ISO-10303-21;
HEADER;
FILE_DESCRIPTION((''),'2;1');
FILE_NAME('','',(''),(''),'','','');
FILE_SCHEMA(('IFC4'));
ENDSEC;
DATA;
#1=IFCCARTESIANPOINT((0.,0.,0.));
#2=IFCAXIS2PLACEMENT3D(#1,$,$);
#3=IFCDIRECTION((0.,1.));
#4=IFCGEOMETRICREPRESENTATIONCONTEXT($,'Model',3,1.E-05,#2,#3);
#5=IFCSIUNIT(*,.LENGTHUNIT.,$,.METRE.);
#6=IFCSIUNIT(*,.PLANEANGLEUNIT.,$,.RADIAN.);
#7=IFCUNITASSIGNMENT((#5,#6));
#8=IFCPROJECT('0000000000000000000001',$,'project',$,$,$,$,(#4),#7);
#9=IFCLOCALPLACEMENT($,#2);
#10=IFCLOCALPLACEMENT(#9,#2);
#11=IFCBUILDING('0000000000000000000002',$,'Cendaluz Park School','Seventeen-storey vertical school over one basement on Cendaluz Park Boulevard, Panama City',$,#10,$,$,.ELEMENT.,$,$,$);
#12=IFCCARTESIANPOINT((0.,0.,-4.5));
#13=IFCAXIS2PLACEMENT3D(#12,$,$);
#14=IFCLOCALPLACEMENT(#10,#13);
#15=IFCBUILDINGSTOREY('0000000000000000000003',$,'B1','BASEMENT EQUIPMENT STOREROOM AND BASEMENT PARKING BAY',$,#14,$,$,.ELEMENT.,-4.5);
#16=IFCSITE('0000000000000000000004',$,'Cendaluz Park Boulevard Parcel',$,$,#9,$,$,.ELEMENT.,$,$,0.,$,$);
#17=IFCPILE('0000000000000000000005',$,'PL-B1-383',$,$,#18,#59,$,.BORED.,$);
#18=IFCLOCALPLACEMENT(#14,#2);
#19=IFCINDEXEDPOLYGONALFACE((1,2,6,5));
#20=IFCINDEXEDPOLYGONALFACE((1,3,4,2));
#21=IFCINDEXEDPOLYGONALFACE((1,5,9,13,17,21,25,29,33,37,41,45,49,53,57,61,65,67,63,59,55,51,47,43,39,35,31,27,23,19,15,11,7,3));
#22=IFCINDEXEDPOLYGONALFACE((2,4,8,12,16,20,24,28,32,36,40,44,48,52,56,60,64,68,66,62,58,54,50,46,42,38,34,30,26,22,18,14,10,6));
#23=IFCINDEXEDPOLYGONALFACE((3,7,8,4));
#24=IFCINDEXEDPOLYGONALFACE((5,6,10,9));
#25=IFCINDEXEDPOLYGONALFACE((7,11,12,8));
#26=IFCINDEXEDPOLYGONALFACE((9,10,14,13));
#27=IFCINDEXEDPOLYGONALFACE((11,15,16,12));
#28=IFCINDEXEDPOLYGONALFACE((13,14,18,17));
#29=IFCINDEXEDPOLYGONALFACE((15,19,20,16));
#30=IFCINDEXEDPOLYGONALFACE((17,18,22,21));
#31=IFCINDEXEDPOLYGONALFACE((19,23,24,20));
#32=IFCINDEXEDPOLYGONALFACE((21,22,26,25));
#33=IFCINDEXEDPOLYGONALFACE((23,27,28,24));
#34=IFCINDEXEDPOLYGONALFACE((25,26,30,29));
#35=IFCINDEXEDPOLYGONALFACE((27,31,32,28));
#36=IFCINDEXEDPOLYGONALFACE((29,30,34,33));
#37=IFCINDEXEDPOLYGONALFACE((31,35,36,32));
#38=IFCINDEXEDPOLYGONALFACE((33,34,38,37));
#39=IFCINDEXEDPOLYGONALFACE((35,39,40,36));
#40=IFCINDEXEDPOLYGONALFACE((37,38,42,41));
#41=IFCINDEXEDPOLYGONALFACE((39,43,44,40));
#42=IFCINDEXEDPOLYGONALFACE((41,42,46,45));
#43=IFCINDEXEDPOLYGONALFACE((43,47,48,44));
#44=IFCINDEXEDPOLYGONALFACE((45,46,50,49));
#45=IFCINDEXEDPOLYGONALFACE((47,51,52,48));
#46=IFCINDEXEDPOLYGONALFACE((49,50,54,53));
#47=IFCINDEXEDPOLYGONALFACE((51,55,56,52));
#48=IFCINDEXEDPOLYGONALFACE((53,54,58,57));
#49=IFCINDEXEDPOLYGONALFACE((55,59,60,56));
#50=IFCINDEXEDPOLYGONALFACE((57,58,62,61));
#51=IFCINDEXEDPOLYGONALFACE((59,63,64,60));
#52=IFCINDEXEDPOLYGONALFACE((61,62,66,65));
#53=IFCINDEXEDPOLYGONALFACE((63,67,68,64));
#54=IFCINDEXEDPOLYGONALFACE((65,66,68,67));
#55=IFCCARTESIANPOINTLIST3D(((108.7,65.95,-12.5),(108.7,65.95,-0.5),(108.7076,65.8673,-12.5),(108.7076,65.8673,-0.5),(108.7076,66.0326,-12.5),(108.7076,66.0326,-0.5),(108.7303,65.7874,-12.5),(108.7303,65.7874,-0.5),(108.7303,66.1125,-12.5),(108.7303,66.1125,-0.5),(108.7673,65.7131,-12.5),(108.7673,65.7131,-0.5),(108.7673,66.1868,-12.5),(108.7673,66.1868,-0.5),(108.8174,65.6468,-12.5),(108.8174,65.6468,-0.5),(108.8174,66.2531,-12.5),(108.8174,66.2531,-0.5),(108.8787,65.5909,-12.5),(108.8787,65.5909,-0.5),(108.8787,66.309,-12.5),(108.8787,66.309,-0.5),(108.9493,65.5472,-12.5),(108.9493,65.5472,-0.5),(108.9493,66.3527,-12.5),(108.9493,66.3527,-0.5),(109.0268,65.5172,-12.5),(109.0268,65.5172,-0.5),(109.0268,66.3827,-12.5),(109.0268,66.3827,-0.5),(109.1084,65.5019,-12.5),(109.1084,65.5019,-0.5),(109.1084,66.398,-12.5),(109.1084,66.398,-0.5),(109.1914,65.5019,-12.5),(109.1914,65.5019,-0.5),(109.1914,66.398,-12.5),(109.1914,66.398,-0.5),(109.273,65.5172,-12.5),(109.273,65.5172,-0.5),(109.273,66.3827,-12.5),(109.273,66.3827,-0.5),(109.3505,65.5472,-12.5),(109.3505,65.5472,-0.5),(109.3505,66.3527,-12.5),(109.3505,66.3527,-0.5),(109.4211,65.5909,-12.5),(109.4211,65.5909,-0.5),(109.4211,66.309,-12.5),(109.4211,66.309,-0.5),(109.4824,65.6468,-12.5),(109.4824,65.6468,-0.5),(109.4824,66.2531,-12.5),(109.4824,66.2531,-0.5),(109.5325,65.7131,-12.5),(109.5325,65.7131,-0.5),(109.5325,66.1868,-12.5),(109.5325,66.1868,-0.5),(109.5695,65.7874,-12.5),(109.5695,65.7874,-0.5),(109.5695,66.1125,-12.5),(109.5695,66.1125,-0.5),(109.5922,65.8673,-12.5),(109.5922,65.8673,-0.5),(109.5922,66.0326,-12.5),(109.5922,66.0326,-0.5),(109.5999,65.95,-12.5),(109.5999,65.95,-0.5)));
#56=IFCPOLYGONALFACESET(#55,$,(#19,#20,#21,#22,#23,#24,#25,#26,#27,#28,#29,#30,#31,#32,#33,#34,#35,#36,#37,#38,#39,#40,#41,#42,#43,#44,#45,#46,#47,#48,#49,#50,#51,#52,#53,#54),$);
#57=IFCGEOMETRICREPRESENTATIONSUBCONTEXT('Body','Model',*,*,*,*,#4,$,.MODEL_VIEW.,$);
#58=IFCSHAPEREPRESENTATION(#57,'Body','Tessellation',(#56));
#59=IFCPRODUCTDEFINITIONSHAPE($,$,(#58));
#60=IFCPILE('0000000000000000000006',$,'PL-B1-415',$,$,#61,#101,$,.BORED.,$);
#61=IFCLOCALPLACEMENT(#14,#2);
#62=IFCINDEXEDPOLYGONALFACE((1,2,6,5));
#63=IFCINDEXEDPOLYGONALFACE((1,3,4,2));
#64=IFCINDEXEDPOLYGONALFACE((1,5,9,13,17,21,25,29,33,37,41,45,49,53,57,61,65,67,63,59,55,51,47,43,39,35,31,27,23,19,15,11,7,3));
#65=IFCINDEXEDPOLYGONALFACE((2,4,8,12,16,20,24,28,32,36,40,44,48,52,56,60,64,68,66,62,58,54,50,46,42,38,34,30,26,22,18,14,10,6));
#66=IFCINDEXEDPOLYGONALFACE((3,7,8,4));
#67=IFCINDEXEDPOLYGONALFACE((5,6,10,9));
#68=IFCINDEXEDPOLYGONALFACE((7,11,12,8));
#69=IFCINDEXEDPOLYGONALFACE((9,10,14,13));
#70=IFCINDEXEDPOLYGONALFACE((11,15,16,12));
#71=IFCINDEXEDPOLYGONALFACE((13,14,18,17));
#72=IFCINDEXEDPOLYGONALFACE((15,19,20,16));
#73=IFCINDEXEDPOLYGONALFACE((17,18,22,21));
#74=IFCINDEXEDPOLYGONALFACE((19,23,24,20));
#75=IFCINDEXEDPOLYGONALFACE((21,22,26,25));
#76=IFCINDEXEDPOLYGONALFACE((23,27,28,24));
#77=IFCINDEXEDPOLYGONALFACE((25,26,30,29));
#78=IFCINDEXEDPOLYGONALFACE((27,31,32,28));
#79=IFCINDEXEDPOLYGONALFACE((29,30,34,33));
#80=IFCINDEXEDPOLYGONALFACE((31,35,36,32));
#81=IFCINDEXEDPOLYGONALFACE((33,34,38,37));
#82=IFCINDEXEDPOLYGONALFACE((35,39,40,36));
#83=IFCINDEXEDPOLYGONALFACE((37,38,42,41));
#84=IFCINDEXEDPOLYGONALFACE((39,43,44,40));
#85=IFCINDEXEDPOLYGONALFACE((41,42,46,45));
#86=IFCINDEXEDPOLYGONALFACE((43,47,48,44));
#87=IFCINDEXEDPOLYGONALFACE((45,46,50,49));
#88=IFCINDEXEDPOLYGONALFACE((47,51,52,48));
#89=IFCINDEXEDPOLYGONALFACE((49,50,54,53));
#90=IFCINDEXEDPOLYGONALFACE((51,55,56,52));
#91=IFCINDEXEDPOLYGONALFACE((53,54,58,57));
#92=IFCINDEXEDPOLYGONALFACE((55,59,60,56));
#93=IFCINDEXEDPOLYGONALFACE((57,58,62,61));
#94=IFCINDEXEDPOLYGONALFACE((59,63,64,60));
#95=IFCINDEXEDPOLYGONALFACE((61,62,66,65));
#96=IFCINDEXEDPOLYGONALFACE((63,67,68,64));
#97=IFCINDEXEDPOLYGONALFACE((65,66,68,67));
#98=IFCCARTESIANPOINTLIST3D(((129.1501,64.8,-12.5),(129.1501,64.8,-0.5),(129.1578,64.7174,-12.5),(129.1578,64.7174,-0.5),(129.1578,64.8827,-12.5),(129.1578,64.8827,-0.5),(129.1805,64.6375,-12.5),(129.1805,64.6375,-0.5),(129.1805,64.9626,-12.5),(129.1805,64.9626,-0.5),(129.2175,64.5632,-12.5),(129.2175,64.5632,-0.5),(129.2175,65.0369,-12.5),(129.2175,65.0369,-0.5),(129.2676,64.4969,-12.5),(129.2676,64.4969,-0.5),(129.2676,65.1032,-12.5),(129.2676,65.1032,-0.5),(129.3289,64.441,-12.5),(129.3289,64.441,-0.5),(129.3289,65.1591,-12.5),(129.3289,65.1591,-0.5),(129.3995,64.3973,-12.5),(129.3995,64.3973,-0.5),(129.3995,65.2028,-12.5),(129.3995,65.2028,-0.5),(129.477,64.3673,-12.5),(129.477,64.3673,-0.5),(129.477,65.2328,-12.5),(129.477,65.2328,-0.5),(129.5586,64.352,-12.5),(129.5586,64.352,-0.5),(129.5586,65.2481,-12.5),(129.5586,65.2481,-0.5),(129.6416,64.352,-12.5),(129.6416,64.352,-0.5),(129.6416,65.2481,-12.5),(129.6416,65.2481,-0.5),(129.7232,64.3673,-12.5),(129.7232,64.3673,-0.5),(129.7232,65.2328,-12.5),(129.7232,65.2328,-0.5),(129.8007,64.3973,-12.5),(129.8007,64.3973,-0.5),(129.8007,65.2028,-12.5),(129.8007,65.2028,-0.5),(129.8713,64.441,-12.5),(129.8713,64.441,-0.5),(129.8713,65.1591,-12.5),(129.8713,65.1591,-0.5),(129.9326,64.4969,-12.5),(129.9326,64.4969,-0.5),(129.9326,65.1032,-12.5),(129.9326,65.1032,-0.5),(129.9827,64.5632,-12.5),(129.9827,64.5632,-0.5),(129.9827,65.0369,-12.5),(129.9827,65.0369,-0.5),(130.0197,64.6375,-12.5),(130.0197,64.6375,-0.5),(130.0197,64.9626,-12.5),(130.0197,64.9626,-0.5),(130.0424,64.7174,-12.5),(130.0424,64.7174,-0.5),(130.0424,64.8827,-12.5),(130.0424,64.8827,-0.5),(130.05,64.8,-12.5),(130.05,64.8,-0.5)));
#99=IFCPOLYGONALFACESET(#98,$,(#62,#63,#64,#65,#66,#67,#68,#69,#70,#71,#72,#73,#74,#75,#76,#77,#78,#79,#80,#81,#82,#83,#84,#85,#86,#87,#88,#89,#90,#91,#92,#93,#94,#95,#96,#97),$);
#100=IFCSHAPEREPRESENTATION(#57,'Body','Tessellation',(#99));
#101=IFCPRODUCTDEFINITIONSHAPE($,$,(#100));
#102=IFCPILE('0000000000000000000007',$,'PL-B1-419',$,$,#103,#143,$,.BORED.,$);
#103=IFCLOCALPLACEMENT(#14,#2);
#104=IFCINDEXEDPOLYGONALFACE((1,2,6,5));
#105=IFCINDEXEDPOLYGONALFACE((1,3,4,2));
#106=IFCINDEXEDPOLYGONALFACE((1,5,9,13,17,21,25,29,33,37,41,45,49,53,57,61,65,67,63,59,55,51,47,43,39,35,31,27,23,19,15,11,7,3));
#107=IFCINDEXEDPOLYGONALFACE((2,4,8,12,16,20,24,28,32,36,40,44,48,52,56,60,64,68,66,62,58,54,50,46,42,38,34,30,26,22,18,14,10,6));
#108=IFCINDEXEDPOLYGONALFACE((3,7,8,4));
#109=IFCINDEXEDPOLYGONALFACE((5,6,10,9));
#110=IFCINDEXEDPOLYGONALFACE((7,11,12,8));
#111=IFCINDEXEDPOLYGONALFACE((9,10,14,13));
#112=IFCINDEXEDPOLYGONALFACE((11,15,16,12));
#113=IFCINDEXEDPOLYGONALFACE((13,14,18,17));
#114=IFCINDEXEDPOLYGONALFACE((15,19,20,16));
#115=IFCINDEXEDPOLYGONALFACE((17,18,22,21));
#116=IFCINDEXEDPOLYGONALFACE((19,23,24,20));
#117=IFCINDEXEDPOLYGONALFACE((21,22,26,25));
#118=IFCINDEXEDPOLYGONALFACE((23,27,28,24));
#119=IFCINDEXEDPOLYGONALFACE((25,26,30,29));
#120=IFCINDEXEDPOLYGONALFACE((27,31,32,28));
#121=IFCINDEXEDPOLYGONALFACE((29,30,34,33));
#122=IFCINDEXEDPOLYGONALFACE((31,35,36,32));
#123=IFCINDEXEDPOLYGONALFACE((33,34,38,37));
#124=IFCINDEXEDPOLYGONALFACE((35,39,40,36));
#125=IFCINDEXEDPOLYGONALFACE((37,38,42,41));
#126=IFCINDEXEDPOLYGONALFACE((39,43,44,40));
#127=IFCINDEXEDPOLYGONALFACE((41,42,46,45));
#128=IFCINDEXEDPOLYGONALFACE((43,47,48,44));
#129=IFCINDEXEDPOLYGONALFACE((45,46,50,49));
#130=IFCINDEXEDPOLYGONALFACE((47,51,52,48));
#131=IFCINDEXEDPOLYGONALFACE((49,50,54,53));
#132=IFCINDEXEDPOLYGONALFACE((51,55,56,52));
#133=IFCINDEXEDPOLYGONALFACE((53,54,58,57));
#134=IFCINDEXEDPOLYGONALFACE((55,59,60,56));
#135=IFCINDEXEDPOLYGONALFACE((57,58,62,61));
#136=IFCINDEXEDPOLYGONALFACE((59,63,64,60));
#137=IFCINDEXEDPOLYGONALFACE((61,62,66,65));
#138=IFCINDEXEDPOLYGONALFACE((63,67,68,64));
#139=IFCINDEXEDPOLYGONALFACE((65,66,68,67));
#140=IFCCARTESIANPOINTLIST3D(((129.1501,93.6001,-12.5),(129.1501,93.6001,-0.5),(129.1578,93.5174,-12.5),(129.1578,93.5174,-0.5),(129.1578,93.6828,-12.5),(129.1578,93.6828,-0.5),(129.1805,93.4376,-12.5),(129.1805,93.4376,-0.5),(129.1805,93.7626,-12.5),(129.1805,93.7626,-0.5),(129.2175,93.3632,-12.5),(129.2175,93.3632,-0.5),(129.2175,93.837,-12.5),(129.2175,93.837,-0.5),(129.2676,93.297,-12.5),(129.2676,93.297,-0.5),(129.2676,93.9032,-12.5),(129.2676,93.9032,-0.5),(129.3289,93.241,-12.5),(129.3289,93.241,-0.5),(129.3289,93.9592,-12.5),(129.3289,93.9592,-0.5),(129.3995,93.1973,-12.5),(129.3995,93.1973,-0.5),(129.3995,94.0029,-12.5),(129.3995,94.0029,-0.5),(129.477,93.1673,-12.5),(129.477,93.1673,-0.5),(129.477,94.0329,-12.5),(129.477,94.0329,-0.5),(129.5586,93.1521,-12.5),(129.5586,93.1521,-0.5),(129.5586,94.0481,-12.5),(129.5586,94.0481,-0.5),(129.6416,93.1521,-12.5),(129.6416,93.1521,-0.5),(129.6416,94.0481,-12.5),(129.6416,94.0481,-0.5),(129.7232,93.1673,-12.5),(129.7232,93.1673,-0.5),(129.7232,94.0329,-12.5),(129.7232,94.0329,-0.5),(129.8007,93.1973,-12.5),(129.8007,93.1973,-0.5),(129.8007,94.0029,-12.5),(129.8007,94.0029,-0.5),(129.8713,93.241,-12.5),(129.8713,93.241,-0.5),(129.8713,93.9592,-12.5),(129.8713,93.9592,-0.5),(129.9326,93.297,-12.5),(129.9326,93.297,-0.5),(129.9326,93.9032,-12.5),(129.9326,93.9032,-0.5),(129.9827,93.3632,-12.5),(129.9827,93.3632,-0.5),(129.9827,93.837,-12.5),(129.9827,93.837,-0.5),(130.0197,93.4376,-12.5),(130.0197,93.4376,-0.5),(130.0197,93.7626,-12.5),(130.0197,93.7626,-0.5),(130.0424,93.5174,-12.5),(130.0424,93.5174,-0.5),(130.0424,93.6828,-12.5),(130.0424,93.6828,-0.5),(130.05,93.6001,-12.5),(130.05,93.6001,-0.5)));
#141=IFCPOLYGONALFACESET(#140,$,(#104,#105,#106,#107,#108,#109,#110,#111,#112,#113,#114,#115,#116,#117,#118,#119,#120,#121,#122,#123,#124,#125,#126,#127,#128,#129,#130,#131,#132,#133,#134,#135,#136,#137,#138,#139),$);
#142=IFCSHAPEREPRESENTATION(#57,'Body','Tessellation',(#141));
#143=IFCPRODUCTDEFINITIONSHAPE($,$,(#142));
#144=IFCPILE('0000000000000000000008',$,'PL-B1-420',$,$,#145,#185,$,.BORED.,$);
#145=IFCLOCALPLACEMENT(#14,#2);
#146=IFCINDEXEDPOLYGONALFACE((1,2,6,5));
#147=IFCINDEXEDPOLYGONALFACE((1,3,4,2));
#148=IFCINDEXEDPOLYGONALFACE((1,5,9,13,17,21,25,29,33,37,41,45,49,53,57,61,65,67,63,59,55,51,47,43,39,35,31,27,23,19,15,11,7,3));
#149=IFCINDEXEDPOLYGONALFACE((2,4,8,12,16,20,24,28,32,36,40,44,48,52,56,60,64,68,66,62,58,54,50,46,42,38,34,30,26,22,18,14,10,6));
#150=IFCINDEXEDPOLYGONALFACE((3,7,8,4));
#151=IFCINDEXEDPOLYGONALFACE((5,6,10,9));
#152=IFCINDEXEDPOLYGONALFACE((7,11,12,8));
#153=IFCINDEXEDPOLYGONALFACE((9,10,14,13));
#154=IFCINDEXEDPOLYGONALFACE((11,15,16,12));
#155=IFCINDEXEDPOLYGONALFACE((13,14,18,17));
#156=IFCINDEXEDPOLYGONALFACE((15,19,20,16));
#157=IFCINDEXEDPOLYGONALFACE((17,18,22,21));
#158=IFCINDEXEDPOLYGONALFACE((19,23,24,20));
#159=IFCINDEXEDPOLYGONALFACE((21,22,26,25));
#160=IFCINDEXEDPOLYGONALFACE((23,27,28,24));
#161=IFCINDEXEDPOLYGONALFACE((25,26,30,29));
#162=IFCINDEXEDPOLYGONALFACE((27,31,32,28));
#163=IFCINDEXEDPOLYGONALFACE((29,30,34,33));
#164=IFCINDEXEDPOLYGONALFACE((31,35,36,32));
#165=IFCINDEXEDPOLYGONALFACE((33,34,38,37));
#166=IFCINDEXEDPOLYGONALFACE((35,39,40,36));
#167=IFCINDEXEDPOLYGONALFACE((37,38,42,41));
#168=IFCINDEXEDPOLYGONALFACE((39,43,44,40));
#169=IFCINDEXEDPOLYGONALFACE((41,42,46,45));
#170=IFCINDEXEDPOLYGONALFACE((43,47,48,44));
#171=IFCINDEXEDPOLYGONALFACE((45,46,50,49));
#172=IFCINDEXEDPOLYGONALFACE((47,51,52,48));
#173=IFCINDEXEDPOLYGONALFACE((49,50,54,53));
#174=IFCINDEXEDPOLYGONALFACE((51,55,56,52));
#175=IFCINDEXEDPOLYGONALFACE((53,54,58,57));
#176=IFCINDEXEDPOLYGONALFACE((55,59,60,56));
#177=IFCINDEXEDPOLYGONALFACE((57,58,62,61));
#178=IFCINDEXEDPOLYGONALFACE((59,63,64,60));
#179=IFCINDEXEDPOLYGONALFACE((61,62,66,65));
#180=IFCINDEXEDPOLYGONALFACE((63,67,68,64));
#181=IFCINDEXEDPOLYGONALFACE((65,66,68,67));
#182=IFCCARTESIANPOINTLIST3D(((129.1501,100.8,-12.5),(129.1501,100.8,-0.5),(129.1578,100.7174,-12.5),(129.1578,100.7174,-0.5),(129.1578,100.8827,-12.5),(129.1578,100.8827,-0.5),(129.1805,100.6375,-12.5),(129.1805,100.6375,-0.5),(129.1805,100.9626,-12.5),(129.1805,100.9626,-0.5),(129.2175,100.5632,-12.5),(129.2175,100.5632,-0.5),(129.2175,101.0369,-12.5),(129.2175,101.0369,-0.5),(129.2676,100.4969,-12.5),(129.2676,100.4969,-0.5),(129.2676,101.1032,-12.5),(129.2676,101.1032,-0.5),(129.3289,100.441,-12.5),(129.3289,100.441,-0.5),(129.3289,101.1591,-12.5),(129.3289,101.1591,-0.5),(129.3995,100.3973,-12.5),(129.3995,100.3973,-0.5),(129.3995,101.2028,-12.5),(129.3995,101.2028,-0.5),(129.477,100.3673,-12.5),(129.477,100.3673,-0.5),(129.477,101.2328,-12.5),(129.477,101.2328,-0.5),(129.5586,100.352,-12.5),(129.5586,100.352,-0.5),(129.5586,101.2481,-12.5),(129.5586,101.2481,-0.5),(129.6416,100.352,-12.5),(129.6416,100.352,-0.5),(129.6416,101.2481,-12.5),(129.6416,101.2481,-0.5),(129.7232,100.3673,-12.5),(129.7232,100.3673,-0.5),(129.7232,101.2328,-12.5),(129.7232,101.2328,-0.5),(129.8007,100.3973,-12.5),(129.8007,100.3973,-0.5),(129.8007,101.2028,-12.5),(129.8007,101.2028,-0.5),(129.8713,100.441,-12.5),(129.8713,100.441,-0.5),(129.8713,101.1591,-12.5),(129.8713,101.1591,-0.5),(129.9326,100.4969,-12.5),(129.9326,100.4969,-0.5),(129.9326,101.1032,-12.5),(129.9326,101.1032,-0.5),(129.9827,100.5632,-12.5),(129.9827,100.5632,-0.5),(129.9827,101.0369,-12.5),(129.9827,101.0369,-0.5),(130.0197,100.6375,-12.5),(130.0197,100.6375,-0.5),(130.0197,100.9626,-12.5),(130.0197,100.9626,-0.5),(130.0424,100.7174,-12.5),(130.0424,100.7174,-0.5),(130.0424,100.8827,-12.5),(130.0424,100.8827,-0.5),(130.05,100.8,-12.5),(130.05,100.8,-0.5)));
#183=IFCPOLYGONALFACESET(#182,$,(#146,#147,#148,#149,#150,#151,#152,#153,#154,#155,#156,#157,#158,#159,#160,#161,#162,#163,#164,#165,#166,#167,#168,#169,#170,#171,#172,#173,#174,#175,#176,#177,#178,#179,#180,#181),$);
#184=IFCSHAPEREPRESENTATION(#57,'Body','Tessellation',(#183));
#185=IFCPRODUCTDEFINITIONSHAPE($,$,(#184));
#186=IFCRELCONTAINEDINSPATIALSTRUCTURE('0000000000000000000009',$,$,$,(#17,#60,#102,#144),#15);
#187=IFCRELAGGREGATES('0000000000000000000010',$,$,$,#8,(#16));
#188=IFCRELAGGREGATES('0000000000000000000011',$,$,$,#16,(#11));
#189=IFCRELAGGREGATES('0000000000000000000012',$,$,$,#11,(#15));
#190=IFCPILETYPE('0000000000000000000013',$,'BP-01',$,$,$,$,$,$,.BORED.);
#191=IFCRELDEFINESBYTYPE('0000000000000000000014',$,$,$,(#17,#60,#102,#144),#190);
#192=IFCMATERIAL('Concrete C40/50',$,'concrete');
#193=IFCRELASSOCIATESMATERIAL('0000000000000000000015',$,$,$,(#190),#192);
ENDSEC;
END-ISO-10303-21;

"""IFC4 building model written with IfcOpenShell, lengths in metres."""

from ifc_helpers import new_model, si_unit, direction, frame, origin, origin_2d, place, context, subcontext, project, spatial, circle, extrude, material, material_profile, profile_set, type_object, element, save


model = new_model("IFC4")

# Units and contexts
model_context = context("Model", 3, precision=1e-05, world=origin(), true_north=direction((0.0, 1.0)))
body_context = subcontext(model_context, "Body", "Model", "MODEL_VIEW")
ifc_project = project(units=[si_unit("LENGTHUNIT", "METRE"), si_unit("PLANEANGLEUNIT", "RADIAN")], contexts=[model_context])

# Site, building, storey
site_placement = place(None, origin())
site = spatial("IfcSite", under=ifc_project, at=site_placement, Name="Cendaluz Park Boulevard Parcel", CompositionType="ELEMENT", RefElevation=0.0)
building_placement = place(site_placement, origin())
building = spatial("IfcBuilding", under=site, at=building_placement, Name="Cendaluz Park School", Description="Seventeen-storey vertical school over one basement on Cendaluz Park Boulevard, Panama City", CompositionType="ELEMENT")
storey_placement = place(building_placement, frame((0.0, 0.0, -4.5)))
storey = spatial("IfcBuildingStorey", under=building, at=storey_placement, Name="B1", Description="BASEMENT EQUIPMENT STOREROOM AND BASEMENT PARKING BAY", CompositionType="ELEMENT", Elevation=-4.5)

# Piles
ifc_material = material(Name="Concrete C40/50", Category="concrete")
ifc_material_profile_1 = material_profile(ifc_material, circle(Radius=0.45, at=origin_2d()), Name="BP D900", Category="concrete")
ifc_profile_set_1 = profile_set([ifc_material_profile_1], Name="Concrete C40/50")
pile_type_1 = type_object("IfcPileType", Name="BP-01", PredefinedType="BORED", material=ifc_profile_set_1)
for number, where, z_axis, x_axis, name in (
    (1, (109.1499, 65.95, -0.5), (0.0, 0.0, -1.0), (1.0, 0.0, 0.0), "PL-B1-383"),
    (2, (129.6001, 64.8, -0.5), (0.0, 0.0, -1.0), (1.0, 0.0, 0.0), "PL-B1-415"),
    (3, (129.6001, 93.6001, -0.5), (0.0, 0.0, -1.0), (1.0, 0.0, 0.0), "PL-B1-419"),
    (4, (129.6001, 100.8, -0.5), (0.0, 0.0, -1.0), (1.0, 0.0, 0.0), "PL-B1-420"),
):
    element("IfcPile", number, at=place(storey_placement, frame(where, z_axis=z_axis, x_axis=x_axis)), inside=storey, type_object=pile_type_1, Name=name, PredefinedType="BORED", context=body_context, shape_type="SweptSolid", body=[
        extrude(circle(Radius=0.45, at=origin_2d()), origin(), (0.0, 0.0, 1.0), 12.0),
    ])

save(model, "model.ifc")
